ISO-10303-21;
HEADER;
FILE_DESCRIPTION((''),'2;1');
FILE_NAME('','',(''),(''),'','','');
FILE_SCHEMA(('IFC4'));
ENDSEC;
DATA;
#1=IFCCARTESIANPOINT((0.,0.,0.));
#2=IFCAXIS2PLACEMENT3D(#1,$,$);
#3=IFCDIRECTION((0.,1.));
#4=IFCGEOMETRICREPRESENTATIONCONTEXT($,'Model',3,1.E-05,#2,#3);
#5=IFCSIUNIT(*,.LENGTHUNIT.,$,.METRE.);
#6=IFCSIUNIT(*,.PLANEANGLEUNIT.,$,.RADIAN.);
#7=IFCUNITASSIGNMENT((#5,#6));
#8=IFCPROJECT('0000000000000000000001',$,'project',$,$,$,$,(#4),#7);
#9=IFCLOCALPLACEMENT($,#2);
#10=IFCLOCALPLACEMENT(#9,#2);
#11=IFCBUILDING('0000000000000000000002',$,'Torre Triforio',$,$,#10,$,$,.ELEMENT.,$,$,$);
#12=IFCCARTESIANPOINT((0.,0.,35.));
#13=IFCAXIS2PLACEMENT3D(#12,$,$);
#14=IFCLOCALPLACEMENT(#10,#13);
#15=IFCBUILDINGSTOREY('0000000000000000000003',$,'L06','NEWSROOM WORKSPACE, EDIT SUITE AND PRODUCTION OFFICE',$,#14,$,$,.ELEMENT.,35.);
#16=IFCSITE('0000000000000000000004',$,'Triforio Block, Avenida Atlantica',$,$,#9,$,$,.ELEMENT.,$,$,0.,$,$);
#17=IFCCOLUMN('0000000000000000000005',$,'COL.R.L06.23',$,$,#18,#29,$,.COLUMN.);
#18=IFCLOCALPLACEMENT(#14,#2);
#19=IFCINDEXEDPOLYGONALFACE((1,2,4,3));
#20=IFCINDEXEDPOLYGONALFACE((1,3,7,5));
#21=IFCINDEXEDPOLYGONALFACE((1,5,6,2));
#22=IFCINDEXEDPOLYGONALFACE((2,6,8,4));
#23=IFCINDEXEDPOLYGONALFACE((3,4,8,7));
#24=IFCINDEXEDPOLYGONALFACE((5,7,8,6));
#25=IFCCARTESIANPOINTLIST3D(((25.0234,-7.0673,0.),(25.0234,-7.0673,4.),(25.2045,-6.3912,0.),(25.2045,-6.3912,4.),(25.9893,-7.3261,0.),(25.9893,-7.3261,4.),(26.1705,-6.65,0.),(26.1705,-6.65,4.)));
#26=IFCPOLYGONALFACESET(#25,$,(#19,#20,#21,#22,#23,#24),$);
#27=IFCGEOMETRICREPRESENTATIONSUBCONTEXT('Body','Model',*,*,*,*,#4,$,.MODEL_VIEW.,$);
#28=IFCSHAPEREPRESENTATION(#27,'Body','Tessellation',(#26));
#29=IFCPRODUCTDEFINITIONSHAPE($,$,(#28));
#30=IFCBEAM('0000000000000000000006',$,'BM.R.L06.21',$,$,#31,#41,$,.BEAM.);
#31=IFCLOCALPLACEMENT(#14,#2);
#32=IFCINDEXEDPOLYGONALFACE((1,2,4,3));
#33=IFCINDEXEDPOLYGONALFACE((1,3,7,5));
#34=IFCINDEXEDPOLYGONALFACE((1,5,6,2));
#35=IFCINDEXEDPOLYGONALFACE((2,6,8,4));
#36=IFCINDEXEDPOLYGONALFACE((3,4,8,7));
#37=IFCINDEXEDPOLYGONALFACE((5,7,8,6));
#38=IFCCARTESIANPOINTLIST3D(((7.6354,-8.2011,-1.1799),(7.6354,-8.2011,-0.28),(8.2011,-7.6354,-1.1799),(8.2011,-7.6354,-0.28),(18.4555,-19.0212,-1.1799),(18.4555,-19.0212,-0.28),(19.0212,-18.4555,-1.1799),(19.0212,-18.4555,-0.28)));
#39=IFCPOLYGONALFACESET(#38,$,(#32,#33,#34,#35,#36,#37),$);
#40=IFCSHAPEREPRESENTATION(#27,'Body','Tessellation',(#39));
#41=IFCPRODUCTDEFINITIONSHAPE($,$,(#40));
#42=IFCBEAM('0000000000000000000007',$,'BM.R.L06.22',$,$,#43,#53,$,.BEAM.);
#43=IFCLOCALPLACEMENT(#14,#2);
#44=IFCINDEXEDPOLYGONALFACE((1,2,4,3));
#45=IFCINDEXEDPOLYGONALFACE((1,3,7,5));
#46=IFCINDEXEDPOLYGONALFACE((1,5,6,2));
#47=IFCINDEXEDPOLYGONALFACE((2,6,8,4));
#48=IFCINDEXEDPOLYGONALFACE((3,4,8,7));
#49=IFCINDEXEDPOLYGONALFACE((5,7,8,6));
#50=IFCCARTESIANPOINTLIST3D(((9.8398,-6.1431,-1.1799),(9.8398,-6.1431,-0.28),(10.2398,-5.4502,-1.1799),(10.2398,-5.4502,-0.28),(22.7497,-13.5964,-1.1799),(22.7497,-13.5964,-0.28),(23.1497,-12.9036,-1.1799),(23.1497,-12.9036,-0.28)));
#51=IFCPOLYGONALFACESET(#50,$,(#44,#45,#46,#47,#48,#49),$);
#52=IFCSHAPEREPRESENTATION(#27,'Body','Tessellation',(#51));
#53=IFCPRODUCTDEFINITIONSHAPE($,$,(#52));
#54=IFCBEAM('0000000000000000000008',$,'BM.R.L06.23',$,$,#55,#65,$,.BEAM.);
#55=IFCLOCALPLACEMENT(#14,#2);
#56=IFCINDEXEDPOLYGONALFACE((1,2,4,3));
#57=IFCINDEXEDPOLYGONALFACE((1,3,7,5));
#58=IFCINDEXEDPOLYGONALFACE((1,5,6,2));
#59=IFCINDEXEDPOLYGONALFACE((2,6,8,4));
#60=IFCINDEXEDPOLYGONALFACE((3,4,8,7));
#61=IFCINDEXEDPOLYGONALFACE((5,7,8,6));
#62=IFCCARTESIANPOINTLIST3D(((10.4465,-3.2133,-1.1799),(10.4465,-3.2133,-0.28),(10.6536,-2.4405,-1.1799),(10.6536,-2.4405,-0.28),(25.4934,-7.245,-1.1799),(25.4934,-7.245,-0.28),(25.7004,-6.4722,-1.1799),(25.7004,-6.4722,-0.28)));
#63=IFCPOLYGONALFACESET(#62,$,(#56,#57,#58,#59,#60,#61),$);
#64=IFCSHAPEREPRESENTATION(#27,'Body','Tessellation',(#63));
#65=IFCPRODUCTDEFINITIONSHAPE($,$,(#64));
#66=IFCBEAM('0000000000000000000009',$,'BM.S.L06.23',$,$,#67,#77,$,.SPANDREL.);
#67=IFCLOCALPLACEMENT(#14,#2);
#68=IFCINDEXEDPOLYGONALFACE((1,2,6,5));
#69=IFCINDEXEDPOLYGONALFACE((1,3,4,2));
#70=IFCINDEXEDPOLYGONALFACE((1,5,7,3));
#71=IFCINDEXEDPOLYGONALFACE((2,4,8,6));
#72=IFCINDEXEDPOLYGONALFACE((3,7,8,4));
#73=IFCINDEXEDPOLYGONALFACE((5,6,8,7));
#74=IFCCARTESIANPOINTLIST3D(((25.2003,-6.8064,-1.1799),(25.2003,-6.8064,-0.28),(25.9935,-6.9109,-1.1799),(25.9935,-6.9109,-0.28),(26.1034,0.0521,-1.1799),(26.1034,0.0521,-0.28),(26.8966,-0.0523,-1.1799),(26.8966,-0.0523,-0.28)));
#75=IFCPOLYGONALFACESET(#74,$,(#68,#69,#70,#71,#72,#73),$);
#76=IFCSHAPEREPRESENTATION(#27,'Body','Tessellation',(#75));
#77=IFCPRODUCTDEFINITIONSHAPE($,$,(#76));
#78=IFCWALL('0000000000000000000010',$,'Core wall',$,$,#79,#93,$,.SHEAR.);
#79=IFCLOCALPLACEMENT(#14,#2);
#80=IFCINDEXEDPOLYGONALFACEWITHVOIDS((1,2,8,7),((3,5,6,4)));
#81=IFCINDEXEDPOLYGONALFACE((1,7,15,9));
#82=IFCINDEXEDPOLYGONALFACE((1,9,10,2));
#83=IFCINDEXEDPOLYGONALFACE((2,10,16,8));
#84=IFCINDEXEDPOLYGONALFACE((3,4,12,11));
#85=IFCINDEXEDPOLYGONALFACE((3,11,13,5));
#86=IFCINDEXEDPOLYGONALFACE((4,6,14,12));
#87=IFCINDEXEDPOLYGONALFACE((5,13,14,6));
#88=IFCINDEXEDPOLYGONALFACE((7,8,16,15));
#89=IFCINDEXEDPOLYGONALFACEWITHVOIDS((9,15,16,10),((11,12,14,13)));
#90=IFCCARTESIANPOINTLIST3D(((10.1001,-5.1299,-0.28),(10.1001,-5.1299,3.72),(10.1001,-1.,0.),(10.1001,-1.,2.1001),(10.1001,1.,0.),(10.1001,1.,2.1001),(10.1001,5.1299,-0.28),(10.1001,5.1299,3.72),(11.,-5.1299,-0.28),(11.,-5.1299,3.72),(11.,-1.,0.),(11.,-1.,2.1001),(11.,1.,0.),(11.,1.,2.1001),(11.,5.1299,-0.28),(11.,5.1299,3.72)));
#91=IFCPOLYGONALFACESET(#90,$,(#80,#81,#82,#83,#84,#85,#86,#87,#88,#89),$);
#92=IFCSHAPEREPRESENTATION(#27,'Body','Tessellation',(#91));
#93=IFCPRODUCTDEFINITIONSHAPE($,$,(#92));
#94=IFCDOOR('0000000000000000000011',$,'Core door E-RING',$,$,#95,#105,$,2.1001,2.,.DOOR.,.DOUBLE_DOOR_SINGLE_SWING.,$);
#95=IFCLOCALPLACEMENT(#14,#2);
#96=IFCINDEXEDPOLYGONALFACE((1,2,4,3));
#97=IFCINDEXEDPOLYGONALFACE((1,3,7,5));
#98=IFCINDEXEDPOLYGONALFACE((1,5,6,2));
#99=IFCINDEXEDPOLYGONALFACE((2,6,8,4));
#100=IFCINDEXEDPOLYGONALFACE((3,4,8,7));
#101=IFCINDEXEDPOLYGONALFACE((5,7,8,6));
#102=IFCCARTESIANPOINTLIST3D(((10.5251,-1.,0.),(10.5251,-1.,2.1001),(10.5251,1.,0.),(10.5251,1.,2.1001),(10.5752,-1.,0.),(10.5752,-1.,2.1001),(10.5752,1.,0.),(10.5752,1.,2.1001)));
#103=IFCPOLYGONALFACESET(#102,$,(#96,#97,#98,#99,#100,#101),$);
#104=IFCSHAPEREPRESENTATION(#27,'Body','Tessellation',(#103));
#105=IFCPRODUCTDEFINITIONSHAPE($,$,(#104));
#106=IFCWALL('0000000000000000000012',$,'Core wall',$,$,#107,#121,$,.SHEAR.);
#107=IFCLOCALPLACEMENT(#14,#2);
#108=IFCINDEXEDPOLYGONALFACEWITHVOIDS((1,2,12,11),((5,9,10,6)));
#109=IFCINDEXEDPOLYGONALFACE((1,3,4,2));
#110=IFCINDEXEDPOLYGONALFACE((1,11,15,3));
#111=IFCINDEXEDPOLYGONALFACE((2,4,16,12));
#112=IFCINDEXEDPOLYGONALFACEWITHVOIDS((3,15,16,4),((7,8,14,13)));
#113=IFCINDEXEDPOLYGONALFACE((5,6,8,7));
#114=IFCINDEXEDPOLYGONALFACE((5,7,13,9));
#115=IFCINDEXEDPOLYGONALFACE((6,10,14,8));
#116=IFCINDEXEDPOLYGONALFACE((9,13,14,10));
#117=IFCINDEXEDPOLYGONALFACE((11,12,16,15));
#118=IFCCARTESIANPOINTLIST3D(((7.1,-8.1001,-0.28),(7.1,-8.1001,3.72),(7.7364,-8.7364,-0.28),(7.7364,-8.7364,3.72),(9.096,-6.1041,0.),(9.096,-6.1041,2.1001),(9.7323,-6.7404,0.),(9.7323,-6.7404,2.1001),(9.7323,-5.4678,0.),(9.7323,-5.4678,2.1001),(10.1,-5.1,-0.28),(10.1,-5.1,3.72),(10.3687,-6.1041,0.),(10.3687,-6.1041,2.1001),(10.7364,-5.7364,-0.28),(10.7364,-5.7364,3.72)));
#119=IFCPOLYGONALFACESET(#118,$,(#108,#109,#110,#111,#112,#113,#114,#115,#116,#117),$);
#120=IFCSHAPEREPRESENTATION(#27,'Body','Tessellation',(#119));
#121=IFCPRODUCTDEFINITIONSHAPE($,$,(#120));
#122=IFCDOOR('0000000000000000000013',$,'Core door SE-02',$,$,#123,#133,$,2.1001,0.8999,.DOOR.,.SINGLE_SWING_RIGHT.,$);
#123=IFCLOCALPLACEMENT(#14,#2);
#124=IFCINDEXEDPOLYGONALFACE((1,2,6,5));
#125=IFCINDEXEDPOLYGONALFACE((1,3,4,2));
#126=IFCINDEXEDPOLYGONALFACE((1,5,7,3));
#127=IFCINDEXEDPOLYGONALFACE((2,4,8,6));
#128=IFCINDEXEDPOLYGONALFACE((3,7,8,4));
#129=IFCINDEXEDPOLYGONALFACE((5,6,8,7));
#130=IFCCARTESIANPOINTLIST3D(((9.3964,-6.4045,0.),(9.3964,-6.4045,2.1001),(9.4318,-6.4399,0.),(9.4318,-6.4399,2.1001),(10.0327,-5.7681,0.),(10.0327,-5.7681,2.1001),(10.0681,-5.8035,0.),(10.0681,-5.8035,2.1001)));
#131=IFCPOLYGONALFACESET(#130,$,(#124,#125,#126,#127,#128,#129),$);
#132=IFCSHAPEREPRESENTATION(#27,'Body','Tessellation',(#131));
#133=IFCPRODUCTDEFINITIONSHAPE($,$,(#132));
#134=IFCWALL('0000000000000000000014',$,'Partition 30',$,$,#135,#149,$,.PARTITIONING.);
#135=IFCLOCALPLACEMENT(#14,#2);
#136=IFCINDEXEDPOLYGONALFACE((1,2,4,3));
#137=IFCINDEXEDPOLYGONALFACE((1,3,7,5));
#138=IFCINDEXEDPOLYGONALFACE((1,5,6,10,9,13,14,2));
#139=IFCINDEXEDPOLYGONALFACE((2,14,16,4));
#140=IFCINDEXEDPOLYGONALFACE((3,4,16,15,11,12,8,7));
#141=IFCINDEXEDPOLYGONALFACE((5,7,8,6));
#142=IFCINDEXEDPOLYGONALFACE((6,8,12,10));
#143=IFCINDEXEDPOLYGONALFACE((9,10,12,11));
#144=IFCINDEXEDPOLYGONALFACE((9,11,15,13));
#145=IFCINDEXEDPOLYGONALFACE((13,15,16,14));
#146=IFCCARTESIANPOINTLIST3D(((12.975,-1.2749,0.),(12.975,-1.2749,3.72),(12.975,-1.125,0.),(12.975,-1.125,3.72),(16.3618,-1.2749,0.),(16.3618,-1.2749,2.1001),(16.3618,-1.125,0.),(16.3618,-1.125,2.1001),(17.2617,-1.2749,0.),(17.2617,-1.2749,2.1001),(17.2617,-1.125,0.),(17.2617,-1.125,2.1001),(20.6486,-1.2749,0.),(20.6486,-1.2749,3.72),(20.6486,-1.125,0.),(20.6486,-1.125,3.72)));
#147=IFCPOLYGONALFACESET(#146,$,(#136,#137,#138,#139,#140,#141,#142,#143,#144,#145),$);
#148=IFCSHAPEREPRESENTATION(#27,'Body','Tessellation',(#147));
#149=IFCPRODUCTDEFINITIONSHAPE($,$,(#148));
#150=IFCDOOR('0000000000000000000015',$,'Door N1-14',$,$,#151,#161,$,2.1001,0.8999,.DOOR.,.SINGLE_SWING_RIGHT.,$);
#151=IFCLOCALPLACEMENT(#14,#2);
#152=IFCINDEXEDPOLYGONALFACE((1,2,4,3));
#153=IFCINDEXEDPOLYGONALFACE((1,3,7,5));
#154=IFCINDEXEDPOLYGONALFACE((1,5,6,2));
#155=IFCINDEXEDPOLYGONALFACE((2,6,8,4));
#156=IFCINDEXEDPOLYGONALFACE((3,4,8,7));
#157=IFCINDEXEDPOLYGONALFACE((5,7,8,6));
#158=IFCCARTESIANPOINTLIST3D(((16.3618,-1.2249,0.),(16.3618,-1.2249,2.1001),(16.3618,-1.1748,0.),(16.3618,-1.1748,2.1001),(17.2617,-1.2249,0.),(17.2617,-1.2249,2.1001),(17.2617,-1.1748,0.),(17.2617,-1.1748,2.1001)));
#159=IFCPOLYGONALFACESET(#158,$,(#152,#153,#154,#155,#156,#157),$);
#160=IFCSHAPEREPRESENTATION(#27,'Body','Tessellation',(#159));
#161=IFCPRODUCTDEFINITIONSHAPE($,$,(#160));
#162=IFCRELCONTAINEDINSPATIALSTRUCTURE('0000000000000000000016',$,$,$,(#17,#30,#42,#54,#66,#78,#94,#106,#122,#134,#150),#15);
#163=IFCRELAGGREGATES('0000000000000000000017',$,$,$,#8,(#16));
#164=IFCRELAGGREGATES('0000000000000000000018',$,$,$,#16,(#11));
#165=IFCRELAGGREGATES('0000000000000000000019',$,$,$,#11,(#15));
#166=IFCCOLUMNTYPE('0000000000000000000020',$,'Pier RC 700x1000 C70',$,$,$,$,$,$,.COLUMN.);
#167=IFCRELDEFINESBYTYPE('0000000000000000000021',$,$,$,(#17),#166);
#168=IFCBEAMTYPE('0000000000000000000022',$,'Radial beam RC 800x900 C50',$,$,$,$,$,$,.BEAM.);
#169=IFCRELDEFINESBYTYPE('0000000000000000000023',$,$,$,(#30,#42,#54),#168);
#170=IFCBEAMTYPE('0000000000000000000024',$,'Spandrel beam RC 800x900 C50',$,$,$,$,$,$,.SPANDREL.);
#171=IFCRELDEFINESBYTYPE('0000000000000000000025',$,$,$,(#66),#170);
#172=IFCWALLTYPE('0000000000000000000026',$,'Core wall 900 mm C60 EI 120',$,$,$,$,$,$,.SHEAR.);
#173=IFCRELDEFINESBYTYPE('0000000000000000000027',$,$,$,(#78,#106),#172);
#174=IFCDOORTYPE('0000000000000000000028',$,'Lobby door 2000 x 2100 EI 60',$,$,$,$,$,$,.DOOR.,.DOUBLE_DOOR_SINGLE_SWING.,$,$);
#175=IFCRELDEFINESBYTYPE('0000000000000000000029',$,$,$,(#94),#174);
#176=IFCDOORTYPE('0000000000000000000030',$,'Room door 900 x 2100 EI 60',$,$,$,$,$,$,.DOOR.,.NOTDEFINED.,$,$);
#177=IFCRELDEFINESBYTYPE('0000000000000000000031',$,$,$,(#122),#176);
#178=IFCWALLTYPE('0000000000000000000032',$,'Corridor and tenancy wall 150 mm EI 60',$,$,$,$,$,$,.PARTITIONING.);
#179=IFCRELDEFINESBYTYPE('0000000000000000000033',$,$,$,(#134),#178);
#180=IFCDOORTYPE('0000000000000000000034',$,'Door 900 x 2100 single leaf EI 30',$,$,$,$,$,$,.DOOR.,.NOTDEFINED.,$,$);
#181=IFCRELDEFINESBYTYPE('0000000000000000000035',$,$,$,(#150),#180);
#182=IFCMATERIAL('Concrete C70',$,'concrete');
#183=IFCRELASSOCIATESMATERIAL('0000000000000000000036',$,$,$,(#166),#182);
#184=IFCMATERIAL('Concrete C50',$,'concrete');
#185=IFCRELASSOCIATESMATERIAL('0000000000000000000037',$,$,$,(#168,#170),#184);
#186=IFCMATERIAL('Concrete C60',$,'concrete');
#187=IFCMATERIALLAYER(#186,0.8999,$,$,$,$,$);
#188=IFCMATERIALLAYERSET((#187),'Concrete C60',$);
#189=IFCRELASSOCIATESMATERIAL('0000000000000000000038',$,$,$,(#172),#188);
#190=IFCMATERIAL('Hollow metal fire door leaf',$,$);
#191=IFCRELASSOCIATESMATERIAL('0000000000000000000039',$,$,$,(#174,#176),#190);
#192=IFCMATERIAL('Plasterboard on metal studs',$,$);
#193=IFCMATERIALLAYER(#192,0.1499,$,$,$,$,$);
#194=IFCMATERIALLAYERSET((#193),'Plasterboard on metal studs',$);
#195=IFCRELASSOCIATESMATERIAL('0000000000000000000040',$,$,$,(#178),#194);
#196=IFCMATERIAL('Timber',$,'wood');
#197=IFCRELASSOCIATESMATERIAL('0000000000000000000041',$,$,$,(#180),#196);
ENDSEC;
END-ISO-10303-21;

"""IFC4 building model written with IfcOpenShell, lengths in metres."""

from ifc_helpers import new_model, si_unit, direction, frame, frame_2d, origin, origin_2d, place, context, subcontext, project, spatial, rectangle, extrude, material, layer, layer_set, material_profile, profile_set, type_object, element, fill, save


model = new_model("IFC4")

# Units and contexts
model_context = context("Model", 3, precision=1e-05, world=origin(), true_north=direction((0.0, 1.0)))
body_context = subcontext(model_context, "Body", "Model", "MODEL_VIEW")
ifc_project = project(units=[si_unit("LENGTHUNIT", "METRE"), si_unit("PLANEANGLEUNIT", "RADIAN")], contexts=[model_context])

# Site, building, storey
site_placement = place(None, origin())
site = spatial("IfcSite", under=ifc_project, at=site_placement, Name="Triforio Block, Avenida Atlantica", CompositionType="ELEMENT", RefElevation=0.0)
building_placement = place(site_placement, origin())
building = spatial("IfcBuilding", under=site, at=building_placement, Name="Torre Triforio", CompositionType="ELEMENT")
storey_placement = place(building_placement, frame((0.0, 0.0, 35.0)))
storey = spatial("IfcBuildingStorey", under=building, at=storey_placement, Name="L06", Description="NEWSROOM WORKSPACE, EDIT SUITE AND PRODUCTION OFFICE", CompositionType="ELEMENT", Elevation=35.0)

# Column
ifc_material_1 = material(Name="Concrete C70", Category="concrete")
ifc_material_profile_1 = material_profile(ifc_material_1, rectangle(XDim=0.7, YDim=1.0, at=origin_2d()), Name="RC 700x1000")
ifc_profile_set_1 = profile_set([ifc_material_profile_1], Name="Concrete C70")
column_type = type_object("IfcColumnType", Name="Pier RC 700x1000 C70", PredefinedType="COLUMN", material=ifc_profile_set_1)
column_placement = place(storey_placement, frame((25.5969, -6.8586, 0.0), z_axis=(0.0, 0.0, 1.0), x_axis=(0.258819, 0.965926, 0.0)))
element("IfcColumn", 1, at=column_placement, inside=storey, type_object=column_type, Name="COL.R.L06.23", PredefinedType="COLUMN", context=body_context, shape_type="SweptSolid", body=[
    extrude(rectangle(XDim=0.7, YDim=1.0, at=origin_2d()), origin(), (0.0, 0.0, 1.0), 4.0),
])

# Beams
ifc_material_2 = material(Name="Concrete C50", Category="concrete")
ifc_material_profile_2 = material_profile(ifc_material_2, rectangle(XDim=0.8, YDim=0.8999, at=origin_2d()), Name="RC 800x900")
ifc_profile_set_2 = profile_set([ifc_material_profile_2], Name="Concrete C50")
beam_type_1 = type_object("IfcBeamType", Name="Radial beam RC 800x900 C50", PredefinedType="BEAM", material=ifc_profile_set_2)
beam_1_placement = place(storey_placement, frame((7.9182, -7.9182, -0.73), z_axis=(0.707107, -0.707107, 0.0), x_axis=(0.707107, 0.707107, 0.0)))
element("IfcBeam", 2, at=beam_1_placement, inside=storey, type_object=beam_type_1, Name="BM.R.L06.21", PredefinedType="BEAM", context=body_context, shape_type="SweptSolid", body=[
    extrude(rectangle(XDim=0.8, YDim=0.8999, at=origin_2d()), origin(), (0.0, 0.0, 1.0), 15.302),
])
beam_2_placement = place(storey_placement, frame((10.0398, -5.7966, -0.73), z_axis=(0.86603, -0.499991, 0.0), x_axis=(0.499991, 0.86603, 0.0)))
element("IfcBeam", 3, at=beam_2_placement, inside=storey, type_object=beam_type_1, Name="BM.R.L06.22", PredefinedType="BEAM", context=body_context, shape_type="SweptSolid", body=[
    extrude(rectangle(XDim=0.8, YDim=0.8999, at=origin_2d()), origin(), (0.0, 0.0, 1.0), 14.907),
])
beam_3_placement = place(storey_placement, frame((10.55, -2.8269, -0.73), z_axis=(0.965927, -0.258815, 0.0), x_axis=(0.258815, 0.965927, 0.0)))
element("IfcBeam", 4, at=beam_3_placement, inside=storey, type_object=beam_type_1, Name="BM.R.L06.23", PredefinedType="BEAM", context=body_context, shape_type="SweptSolid", body=[
    extrude(rectangle(XDim=0.8, YDim=0.8999, at=origin_2d()), origin(), (0.0, 0.0, 1.0), 15.5776),
])
ifc_material_profile_3 = material_profile(ifc_material_2, rectangle(XDim=0.8, YDim=0.8999, at=origin_2d()), Name="RC 800x900")
ifc_profile_set_3 = profile_set([ifc_material_profile_3], Name="Concrete C50")
beam_type_2 = type_object("IfcBeamType", Name="Spandrel beam RC 800x900 C50", PredefinedType="SPANDREL", material=ifc_profile_set_3)
beam_4_placement = place(storey_placement, frame((25.5969, -6.8586, -0.73), z_axis=(0.130543, 0.991443, 0.0), x_axis=(-0.991443, 0.130543, 0.0)))
element("IfcBeam", 5, at=beam_4_placement, inside=storey, type_object=beam_type_2, Name="BM.S.L06.23", PredefinedType="SPANDREL", context=body_context, shape_type="SweptSolid", body=[
    extrude(rectangle(XDim=0.8, YDim=0.8999, at=origin_2d()), origin(), (0.0, 0.0, 1.0), 6.9177),
])

# Walls, openings, doors
ifc_material_3 = material(Name="Concrete C60", Category="concrete")
ifc_layer_1 = layer(ifc_material_3, 0.8999)
ifc_layer_set_1 = layer_set([ifc_layer_1], Name="Concrete C60")
wall_type_1 = type_object("IfcWallType", Name="Core wall 900 mm C60 EI 120", PredefinedType="SHEAR", material=ifc_layer_set_1)
wall_1_placement = place(storey_placement, frame((10.55, -5.1299, -0.28), z_axis=(0.0, 0.0, 1.0), x_axis=(0.0, 1.0, 0.0)))
wall_1 = element("IfcWall", 6, at=wall_1_placement, inside=storey, type_object=wall_type_1, Name="Core wall", PredefinedType="SHEAR", context=body_context, shape_type="SweptSolid", body=[
    extrude(rectangle(XDim=10.2598, YDim=0.8999, at=frame_2d((5.1299, 0.0))), origin(), (0.0, 0.0, 1.0), 4.0),
])
opening_1_placement = place(wall_1_placement, frame((4.1299, 0.0, 0.28)))
opening_1 = element("IfcOpeningElement", 7, at=opening_1_placement, cuts=wall_1, PredefinedType="OPENING", context=body_context, shape_type="SweptSolid", body=[
    extrude(rectangle(XDim=2.0, YDim=2.1001, at=frame_2d((1.0, 1.05))), frame((0.0, 0.46, 0.0), z_axis=(0.0, -1.0, 0.0), x_axis=(1.0, 0.0, 0.0)), (0.0, 0.0, 1.0), 0.9199),
])
ifc_material_4 = material(Name="Hollow metal fire door leaf")
door_type_1 = type_object("IfcDoorType", Name="Lobby door 2000 x 2100 EI 60", OperationType="DOUBLE_DOOR_SINGLE_SWING", PredefinedType="DOOR", material=ifc_material_4)
door_1_placement = place(opening_1_placement, origin())
door_1 = element("IfcDoor", 8, at=door_1_placement, inside=storey, type_object=door_type_1, Name="Core door E-RING", OperationType="DOUBLE_DOOR_SINGLE_SWING", OverallHeight=2.1001, OverallWidth=2.0, PredefinedType="DOOR", context=body_context, shape_type="SweptSolid", body=[
    extrude(rectangle(XDim=2.0, YDim=2.1001, at=frame_2d((1.0, 1.05))), frame((0.0, 0.0249, 0.0), z_axis=(0.0, -1.0, 0.0), x_axis=(1.0, 0.0, 0.0)), (0.0, 0.0, 1.0), 0.05),
])
fill(opening_1, door_1)
wall_2_placement = place(storey_placement, frame((10.4182, -5.4182, -0.28), z_axis=(0.0, 0.0, 1.0), x_axis=(-0.707107, -0.707107, 0.0)))
wall_2 = element("IfcWall", 9, at=wall_2_placement, inside=storey, type_object=wall_type_1, Name="Core wall", PredefinedType="SHEAR", context=body_context, shape_type="SweptSolid", body=[
    extrude(rectangle(XDim=4.2427, YDim=0.8999, at=frame_2d((2.1213, 0.0))), origin(), (0.0, 0.0, 1.0), 4.0),
])
opening_2_placement = place(wall_2_placement, frame((0.52, 0.0, 0.28)))
opening_2 = element("IfcOpeningElement", 10, at=opening_2_placement, cuts=wall_2, PredefinedType="OPENING", context=body_context, shape_type="SweptSolid", body=[
    extrude(rectangle(XDim=0.8999, YDim=2.1001, at=frame_2d((0.45, 1.05))), frame((0.0, 0.46, 0.0), z_axis=(0.0, -1.0, 0.0), x_axis=(1.0, 0.0, 0.0)), (0.0, 0.0, 1.0), 0.9199),
])
door_type_2 = type_object("IfcDoorType", Name="Room door 900 x 2100 EI 60", OperationType="NOTDEFINED", PredefinedType="DOOR", material=ifc_material_4)
door_2_placement = place(opening_2_placement, origin())
door_2 = element("IfcDoor", 11, at=door_2_placement, inside=storey, type_object=door_type_2, Name="Core door SE-02", OperationType="SINGLE_SWING_RIGHT", OverallHeight=2.1001, OverallWidth=0.8999, PredefinedType="DOOR", context=body_context, shape_type="SweptSolid", body=[
    extrude(rectangle(XDim=0.8999, YDim=2.1001, at=frame_2d((0.45, 1.05))), frame((0.0, 0.0249, 0.0), z_axis=(0.0, -1.0, 0.0), x_axis=(1.0, 0.0, 0.0)), (0.0, 0.0, 1.0), 0.05),
])
fill(opening_2, door_2)
ifc_material_5 = material(Name="Plasterboard on metal studs")
ifc_layer_2 = layer(ifc_material_5, 0.1499)
ifc_layer_set_2 = layer_set([ifc_layer_2], Name="Plasterboard on metal studs")
wall_type_2 = type_object("IfcWallType", Name="Corridor and tenancy wall 150 mm EI 60", PredefinedType="PARTITIONING", material=ifc_layer_set_2)
wall_3_placement = place(storey_placement, frame((20.6487, -1.2, 0.0), z_axis=(0.0, 0.0, 1.0), x_axis=(-1.0, 0.0, 0.0)))
wall_3 = element("IfcWall", 12, at=wall_3_placement, inside=storey, type_object=wall_type_2, Name="Partition 30", PredefinedType="PARTITIONING", context=body_context, shape_type="SweptSolid", body=[
    extrude(rectangle(XDim=7.6736, YDim=0.1499, at=frame_2d((3.8369, 0.0))), origin(), (0.0, 0.0, 1.0), 3.72),
])
opening_3_placement = place(wall_3_placement, frame((3.387, 0.0, 0.0)))
opening_3 = element("IfcOpeningElement", 13, at=opening_3_placement, cuts=wall_3, PredefinedType="OPENING", context=body_context, shape_type="SweptSolid", body=[
    extrude(rectangle(XDim=0.8999, YDim=2.1001, at=frame_2d((0.45, 1.05))), frame((0.0, 0.085, 0.0), z_axis=(0.0, -1.0, 0.0), x_axis=(1.0, 0.0, 0.0)), (0.0, 0.0, 1.0), 0.1699),
])
ifc_material_6 = material(Name="Timber", Category="wood")
door_type_3 = type_object("IfcDoorType", Name="Door 900 x 2100 single leaf EI 30", OperationType="NOTDEFINED", PredefinedType="DOOR", material=ifc_material_6)
door_3_placement = place(opening_3_placement, origin())
door_3 = element("IfcDoor", 14, at=door_3_placement, inside=storey, type_object=door_type_3, Name="Door N1-14", OperationType="SINGLE_SWING_RIGHT", OverallHeight=2.1001, OverallWidth=0.8999, PredefinedType="DOOR", context=body_context, shape_type="SweptSolid", body=[
    extrude(rectangle(XDim=0.8999, YDim=2.1001, at=frame_2d((0.45, 1.05))), frame((0.0, 0.0249, 0.0), z_axis=(0.0, -1.0, 0.0), x_axis=(1.0, 0.0, 0.0)), (0.0, 0.0, 1.0), 0.05),
])
fill(opening_3, door_3)

save(model, "model.ifc")
